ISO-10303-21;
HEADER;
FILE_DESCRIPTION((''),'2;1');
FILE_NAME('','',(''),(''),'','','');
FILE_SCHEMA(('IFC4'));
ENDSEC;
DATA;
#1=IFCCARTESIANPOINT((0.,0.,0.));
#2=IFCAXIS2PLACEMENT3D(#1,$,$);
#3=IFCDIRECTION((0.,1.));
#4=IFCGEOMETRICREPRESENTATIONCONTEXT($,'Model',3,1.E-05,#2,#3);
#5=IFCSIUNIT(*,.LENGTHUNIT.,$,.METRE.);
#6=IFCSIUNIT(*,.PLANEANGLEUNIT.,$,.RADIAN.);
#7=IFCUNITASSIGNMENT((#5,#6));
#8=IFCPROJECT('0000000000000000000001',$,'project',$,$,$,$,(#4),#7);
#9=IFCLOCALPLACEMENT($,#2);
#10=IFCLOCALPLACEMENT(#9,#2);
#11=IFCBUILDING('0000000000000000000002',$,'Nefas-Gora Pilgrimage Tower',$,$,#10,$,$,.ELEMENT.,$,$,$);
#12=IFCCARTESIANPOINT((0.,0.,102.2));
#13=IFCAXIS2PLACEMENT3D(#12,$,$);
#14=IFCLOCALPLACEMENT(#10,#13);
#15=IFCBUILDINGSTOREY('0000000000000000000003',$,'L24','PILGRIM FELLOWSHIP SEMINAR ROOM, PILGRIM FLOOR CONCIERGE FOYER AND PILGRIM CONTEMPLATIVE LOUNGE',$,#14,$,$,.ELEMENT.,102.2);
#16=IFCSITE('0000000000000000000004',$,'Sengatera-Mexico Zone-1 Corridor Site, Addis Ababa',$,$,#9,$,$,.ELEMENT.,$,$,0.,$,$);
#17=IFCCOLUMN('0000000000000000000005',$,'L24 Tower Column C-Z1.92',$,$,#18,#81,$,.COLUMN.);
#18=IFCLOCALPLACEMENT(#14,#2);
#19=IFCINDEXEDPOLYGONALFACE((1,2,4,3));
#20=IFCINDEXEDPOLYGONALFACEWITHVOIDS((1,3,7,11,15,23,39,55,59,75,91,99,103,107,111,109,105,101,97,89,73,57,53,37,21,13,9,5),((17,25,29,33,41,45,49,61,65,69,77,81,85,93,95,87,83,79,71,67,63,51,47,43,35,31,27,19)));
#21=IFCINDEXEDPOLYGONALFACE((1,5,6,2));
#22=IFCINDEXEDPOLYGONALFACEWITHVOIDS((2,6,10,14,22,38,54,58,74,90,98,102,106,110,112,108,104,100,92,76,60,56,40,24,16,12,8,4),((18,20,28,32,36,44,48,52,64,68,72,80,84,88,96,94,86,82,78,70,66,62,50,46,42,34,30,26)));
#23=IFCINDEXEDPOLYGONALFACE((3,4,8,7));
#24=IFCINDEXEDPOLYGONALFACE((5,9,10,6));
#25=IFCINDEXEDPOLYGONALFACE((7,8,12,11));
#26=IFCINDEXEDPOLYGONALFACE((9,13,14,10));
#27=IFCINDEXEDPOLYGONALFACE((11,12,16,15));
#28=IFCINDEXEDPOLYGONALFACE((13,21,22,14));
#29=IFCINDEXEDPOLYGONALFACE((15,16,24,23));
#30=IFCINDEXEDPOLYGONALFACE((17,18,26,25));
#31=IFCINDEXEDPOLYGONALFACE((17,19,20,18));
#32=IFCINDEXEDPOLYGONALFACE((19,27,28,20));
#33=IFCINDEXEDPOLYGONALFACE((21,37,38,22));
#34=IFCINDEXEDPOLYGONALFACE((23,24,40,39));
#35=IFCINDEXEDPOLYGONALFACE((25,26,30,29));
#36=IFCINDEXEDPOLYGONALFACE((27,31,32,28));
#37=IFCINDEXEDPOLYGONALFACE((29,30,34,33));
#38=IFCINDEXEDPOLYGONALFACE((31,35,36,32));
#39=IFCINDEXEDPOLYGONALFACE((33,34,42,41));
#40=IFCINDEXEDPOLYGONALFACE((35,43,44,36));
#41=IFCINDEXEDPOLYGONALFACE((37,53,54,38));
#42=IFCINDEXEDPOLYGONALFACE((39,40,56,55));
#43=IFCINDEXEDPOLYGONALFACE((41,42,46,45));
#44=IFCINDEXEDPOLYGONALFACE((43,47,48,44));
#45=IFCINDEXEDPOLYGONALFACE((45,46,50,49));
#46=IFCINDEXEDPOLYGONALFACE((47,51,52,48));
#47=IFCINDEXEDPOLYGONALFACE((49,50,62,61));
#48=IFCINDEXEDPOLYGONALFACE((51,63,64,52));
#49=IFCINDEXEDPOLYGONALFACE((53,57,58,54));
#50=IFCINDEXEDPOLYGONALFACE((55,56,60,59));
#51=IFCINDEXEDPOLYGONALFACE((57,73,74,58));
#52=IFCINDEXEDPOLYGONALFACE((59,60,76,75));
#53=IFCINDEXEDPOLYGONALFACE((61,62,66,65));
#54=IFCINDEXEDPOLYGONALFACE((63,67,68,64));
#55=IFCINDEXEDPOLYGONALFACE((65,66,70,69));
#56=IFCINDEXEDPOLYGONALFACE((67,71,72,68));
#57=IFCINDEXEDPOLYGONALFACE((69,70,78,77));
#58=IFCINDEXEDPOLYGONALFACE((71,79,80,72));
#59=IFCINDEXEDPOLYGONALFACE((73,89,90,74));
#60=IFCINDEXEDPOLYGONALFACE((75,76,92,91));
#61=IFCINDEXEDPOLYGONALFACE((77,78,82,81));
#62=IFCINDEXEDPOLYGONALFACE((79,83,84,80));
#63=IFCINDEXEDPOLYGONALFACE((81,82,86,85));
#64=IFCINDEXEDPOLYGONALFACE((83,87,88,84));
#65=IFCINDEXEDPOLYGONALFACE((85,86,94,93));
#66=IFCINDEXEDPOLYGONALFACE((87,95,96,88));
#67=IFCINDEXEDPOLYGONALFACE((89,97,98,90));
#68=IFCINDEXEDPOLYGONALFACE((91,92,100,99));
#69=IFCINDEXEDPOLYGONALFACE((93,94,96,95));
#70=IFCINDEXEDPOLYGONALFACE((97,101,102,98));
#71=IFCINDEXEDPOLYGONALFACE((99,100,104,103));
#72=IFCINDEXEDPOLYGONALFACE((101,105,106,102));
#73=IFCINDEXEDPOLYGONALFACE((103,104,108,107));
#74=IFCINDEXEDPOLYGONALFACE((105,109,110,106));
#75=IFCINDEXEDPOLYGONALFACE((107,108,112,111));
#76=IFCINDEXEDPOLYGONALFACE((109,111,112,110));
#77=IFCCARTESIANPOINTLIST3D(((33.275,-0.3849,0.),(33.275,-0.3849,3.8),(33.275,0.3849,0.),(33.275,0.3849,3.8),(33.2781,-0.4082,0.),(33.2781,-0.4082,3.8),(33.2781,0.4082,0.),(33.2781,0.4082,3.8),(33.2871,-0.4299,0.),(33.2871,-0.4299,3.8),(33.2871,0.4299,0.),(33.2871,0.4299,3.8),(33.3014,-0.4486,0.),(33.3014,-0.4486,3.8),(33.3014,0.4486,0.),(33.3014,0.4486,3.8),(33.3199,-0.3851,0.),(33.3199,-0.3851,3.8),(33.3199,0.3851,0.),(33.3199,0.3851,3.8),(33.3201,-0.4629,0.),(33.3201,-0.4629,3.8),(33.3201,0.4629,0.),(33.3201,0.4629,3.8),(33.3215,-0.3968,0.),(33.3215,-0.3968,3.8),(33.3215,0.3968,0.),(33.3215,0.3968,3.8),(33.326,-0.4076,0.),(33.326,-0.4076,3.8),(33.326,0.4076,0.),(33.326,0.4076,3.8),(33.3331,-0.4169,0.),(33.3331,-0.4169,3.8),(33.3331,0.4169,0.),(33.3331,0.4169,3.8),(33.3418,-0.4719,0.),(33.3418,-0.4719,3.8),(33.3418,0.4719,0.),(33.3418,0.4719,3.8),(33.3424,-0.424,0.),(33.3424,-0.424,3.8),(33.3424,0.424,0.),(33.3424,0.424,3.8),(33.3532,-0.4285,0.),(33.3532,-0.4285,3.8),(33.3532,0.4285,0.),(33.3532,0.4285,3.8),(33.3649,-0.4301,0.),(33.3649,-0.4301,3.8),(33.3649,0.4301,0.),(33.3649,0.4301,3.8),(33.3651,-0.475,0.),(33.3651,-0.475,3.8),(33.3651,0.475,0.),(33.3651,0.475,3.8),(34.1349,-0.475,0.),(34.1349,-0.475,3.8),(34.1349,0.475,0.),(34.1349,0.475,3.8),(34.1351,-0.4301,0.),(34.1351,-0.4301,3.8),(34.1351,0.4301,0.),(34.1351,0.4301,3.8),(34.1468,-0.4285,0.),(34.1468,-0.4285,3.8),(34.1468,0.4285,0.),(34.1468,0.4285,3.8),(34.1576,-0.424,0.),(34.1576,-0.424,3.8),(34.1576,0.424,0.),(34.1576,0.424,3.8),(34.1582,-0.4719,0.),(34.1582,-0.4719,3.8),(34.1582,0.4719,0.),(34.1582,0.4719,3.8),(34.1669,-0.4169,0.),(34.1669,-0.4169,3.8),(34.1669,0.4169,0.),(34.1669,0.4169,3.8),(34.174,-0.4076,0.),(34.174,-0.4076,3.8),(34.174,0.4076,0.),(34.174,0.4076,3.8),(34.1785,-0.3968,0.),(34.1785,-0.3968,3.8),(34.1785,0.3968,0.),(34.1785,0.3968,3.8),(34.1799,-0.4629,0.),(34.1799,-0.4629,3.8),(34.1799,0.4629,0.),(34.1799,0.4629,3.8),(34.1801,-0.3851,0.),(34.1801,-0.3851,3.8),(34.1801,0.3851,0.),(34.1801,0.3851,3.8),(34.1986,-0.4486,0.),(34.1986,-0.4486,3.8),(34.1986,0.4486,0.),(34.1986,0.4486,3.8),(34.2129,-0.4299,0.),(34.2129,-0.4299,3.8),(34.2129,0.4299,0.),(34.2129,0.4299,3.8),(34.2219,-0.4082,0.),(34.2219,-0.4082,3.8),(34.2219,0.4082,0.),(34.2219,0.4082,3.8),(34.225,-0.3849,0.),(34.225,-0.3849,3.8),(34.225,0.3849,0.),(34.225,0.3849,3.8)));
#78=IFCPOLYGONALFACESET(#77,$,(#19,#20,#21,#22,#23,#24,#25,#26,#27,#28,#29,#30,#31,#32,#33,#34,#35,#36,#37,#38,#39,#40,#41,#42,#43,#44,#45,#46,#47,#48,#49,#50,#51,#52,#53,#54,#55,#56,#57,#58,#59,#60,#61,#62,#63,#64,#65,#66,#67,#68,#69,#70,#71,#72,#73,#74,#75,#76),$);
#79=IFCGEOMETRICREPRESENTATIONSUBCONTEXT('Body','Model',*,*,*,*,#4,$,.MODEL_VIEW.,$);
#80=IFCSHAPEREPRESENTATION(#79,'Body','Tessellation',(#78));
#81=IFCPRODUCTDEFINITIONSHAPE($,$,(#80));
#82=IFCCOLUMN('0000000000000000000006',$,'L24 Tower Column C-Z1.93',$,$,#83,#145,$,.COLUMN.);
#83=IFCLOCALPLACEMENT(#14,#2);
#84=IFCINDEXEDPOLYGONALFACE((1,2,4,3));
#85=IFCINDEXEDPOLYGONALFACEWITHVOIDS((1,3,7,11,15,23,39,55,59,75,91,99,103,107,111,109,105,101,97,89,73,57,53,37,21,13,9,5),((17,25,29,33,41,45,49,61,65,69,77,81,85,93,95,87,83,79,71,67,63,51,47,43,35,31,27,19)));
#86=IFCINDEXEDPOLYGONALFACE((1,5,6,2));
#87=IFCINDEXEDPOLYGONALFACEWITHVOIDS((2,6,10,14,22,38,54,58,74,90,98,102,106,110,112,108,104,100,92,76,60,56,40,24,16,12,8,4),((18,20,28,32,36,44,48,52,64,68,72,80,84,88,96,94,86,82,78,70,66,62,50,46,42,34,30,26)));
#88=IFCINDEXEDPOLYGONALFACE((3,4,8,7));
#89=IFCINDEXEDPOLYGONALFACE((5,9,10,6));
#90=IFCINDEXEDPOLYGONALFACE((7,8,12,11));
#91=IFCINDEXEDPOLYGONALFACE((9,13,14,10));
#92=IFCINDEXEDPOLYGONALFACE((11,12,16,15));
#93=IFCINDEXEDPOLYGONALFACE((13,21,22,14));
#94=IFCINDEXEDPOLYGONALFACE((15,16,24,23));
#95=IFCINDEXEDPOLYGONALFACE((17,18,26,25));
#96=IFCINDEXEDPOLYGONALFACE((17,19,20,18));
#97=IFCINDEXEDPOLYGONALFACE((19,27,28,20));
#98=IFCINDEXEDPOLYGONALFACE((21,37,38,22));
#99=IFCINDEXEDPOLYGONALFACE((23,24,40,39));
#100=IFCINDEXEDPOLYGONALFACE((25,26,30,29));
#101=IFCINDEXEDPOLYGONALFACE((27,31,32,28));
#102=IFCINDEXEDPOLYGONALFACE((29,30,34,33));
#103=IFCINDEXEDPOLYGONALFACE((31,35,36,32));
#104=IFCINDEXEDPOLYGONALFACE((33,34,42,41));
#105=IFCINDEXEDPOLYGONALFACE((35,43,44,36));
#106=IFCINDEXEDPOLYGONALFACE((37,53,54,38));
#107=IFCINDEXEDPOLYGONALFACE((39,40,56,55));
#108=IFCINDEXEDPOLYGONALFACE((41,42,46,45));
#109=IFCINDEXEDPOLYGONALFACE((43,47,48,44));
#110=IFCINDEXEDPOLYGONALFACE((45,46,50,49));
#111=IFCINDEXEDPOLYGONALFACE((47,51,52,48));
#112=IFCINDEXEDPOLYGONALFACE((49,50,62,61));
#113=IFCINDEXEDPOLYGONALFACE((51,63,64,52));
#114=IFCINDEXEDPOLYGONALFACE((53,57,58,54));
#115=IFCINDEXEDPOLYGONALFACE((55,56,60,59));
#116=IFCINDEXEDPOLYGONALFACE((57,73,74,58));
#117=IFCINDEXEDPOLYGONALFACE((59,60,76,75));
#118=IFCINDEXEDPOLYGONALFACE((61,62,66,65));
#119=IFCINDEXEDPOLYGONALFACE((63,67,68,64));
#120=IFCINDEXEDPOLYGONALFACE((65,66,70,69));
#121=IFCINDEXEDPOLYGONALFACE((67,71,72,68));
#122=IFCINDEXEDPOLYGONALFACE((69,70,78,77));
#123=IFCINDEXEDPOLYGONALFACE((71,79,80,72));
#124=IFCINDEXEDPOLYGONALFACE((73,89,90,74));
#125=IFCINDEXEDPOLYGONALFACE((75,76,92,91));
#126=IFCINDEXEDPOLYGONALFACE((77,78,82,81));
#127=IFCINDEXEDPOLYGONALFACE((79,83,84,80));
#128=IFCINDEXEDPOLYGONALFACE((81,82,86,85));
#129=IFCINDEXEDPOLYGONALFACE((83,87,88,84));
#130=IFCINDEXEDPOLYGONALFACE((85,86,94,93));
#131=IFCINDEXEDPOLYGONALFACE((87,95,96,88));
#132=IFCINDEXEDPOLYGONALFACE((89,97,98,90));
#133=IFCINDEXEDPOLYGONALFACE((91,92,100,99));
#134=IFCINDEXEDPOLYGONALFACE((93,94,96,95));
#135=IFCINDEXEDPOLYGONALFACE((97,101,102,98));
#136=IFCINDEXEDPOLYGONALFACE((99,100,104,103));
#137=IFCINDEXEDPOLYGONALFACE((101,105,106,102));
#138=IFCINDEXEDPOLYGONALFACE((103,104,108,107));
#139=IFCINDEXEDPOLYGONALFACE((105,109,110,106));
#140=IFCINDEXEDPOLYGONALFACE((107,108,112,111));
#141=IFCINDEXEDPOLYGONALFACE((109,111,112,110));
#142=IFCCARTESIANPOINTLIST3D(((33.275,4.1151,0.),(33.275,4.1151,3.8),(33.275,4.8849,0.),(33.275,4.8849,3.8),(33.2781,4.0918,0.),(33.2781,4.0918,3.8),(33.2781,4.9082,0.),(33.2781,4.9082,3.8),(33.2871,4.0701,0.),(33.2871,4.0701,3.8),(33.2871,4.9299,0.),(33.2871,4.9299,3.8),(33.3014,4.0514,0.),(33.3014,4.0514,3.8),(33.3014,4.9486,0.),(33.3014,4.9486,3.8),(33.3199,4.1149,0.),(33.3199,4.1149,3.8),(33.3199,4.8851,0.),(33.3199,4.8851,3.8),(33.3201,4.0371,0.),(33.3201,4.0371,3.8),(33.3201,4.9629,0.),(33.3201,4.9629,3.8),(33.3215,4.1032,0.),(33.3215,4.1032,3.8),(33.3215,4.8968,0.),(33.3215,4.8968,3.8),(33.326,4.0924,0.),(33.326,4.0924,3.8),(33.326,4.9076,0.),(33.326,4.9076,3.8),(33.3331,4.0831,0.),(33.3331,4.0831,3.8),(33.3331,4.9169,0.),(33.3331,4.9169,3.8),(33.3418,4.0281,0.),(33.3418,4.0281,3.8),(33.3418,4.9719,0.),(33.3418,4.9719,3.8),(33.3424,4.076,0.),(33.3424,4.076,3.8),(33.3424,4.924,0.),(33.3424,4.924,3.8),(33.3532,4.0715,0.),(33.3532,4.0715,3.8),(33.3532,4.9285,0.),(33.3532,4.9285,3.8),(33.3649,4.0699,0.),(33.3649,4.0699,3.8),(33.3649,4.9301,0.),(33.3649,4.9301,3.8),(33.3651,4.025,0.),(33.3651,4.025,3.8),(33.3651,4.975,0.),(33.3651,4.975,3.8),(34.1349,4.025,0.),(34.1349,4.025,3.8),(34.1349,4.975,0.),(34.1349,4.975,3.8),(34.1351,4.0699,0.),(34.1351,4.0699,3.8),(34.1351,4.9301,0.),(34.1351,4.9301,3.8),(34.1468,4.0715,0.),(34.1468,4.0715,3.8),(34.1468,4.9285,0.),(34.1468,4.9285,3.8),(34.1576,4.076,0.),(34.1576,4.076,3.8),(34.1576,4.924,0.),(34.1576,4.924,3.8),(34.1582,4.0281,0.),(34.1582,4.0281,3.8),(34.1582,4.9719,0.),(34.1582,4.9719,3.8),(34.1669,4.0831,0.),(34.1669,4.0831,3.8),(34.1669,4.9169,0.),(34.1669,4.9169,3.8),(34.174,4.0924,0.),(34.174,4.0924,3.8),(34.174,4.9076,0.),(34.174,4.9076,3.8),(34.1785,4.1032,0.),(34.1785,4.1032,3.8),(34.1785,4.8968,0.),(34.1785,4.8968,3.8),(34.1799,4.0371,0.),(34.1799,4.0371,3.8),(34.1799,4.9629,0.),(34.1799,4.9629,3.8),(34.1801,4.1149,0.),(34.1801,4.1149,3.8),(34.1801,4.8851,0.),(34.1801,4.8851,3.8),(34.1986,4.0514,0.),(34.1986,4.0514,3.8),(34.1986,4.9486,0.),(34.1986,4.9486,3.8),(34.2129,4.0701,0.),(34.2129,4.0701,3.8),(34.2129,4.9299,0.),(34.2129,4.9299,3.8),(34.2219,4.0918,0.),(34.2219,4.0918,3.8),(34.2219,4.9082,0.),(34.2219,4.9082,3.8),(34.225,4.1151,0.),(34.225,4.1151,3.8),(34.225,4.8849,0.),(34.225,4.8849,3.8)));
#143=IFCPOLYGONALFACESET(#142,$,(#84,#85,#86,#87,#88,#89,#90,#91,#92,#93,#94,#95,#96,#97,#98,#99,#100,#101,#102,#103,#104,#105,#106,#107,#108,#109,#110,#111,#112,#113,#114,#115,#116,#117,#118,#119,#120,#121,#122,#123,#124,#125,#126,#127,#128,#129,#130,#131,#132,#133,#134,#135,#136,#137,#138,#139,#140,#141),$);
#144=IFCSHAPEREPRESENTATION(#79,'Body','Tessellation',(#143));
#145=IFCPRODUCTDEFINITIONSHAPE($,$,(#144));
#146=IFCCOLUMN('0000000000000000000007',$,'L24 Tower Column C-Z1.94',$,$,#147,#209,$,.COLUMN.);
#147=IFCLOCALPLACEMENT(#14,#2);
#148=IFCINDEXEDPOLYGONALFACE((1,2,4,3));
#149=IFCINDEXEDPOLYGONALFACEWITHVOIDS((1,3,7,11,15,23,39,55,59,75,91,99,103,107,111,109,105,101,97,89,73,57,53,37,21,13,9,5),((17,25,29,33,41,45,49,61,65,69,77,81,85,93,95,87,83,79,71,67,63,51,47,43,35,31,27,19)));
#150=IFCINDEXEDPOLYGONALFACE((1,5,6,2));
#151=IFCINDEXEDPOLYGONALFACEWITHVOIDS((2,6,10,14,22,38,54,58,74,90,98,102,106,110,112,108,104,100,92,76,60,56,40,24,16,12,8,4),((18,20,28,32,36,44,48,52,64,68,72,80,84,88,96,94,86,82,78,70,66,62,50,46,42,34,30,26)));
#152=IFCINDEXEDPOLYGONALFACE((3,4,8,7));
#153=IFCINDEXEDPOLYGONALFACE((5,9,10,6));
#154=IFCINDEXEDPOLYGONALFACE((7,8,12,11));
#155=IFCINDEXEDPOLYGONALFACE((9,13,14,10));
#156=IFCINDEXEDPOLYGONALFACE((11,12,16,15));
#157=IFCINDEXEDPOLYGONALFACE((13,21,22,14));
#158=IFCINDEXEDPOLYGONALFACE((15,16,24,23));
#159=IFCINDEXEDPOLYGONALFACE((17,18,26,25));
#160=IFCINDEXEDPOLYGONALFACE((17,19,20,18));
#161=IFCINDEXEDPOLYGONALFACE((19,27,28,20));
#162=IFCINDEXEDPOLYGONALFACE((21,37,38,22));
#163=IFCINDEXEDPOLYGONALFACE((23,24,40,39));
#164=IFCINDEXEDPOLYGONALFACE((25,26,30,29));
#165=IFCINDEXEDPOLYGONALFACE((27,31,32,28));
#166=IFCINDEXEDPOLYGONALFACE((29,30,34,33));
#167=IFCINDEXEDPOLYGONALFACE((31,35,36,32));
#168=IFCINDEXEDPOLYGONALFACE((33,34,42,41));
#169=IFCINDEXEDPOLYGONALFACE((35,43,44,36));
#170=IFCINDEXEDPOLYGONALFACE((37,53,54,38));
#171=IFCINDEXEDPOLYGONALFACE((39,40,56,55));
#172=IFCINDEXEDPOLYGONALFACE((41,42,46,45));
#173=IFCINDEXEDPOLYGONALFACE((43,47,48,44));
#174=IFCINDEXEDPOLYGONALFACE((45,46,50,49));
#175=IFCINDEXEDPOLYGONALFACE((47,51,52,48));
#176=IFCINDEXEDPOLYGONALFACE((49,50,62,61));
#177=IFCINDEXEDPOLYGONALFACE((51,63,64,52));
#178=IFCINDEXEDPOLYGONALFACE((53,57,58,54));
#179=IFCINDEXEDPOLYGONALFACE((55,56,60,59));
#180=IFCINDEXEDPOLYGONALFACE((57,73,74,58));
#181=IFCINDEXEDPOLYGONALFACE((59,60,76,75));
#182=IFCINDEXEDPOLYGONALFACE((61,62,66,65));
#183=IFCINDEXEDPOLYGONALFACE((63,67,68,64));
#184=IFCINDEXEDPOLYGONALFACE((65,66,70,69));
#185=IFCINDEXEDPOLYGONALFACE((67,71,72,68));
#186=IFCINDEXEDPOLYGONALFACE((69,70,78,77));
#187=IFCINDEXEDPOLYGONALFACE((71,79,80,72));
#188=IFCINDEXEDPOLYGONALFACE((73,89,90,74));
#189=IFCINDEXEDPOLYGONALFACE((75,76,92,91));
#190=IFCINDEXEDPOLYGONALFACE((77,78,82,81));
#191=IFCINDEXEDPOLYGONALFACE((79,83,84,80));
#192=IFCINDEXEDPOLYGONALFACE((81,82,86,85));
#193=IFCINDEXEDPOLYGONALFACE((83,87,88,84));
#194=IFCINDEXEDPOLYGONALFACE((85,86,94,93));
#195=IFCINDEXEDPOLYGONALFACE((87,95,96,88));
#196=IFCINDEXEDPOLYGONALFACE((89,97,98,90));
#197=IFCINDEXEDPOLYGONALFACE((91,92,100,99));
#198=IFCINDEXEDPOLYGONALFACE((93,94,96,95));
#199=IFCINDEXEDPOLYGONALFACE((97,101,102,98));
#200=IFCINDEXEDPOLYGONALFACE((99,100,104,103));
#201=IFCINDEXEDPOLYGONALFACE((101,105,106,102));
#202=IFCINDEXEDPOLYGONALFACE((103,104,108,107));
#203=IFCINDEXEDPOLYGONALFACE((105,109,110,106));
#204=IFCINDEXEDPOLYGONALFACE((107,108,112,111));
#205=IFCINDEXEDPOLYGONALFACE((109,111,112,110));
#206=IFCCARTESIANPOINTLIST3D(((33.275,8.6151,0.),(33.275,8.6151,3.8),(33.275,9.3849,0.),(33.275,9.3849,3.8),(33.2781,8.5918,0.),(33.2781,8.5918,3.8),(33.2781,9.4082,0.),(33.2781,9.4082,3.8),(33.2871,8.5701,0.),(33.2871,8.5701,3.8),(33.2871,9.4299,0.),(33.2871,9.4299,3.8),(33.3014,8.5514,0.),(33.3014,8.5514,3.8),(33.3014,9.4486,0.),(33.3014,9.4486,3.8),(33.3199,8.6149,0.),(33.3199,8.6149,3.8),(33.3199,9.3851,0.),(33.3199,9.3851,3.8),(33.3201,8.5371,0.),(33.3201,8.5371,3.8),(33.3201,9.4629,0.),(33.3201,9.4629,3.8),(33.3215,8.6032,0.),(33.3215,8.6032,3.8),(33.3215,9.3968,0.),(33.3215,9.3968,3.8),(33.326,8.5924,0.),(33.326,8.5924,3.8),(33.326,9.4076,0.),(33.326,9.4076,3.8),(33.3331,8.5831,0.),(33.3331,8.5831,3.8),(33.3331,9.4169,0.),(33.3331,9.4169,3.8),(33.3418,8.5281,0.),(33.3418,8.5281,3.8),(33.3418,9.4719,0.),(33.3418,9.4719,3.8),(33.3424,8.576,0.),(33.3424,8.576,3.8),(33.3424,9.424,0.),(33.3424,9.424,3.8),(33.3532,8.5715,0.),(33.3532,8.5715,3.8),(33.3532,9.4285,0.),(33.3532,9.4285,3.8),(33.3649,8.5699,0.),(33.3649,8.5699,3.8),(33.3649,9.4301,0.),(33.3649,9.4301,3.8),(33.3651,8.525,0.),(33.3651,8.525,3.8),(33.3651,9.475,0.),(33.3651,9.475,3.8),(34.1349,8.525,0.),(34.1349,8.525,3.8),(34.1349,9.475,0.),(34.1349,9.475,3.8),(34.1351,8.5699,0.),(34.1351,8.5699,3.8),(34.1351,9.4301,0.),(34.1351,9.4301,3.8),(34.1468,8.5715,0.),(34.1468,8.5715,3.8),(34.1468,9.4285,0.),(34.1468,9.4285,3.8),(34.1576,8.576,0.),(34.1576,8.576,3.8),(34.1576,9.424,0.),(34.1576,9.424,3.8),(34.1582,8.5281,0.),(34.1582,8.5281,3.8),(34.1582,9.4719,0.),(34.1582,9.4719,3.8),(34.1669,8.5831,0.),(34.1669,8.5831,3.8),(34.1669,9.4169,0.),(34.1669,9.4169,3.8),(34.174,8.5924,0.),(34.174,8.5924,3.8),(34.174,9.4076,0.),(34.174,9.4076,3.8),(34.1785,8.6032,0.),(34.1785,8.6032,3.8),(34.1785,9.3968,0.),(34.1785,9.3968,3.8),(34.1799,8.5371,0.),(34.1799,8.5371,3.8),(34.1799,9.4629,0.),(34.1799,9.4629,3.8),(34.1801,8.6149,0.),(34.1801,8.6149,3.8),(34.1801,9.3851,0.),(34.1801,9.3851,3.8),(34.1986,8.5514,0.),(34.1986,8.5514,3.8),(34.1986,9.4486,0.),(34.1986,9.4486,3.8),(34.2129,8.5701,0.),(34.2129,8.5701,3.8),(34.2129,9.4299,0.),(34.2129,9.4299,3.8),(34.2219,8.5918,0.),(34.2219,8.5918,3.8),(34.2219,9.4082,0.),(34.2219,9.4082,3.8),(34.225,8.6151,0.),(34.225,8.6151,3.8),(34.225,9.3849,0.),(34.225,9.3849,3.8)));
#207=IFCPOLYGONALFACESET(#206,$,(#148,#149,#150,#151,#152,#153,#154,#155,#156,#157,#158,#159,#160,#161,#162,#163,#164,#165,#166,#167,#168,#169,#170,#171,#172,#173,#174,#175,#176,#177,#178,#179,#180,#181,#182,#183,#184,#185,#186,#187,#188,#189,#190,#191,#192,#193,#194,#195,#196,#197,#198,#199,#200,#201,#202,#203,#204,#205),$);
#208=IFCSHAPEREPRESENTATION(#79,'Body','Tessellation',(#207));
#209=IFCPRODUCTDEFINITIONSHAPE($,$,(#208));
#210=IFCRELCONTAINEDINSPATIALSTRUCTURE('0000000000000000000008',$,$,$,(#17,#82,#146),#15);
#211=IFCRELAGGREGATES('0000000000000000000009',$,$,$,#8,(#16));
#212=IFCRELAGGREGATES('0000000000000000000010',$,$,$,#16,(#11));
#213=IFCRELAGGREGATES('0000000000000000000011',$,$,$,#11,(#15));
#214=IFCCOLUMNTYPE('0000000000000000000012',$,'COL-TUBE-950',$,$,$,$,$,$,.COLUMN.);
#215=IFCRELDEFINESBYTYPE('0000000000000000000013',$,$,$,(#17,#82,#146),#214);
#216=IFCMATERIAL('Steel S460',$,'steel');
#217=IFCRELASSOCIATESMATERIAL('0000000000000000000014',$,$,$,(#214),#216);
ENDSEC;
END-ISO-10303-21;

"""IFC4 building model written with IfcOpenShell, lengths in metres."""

from ifc_helpers import new_model, si_unit, direction, frame, origin, origin_2d, place, context, subcontext, project, spatial, hollow_rectangle, extrude, source, transform, mapped, material, material_profile, profile_set, type_object, element, save


model = new_model("IFC4")

# Units and contexts
model_context = context("Model", 3, precision=1e-05, world=origin(), true_north=direction((0.0, 1.0)))
body_context = subcontext(model_context, "Body", "Model", "MODEL_VIEW")
ifc_project = project(units=[si_unit("LENGTHUNIT", "METRE"), si_unit("PLANEANGLEUNIT", "RADIAN")], contexts=[model_context])

# Site, building, storey
site_placement = place(None, origin())
site = spatial("IfcSite", under=ifc_project, at=site_placement, Name="Sengatera-Mexico Zone-1 Corridor Site, Addis Ababa", CompositionType="ELEMENT", RefElevation=0.0)
building_placement = place(site_placement, origin())
building = spatial("IfcBuilding", under=site, at=building_placement, Name="Nefas-Gora Pilgrimage Tower", CompositionType="ELEMENT")
storey_placement = place(building_placement, frame((0.0, 0.0, 102.2)))
storey = spatial("IfcBuildingStorey", under=building, at=storey_placement, Name="L24", Description="PILGRIM FELLOWSHIP SEMINAR ROOM, PILGRIM FLOOR CONCIERGE FOYER AND PILGRIM CONTEMPLATIVE LOUNGE", CompositionType="ELEMENT", Elevation=102.2)

# Columns
ifc_material_1 = material(Name="Steel S460", Category="steel")
ifc_material_profile_1 = material_profile(ifc_material_1, hollow_rectangle(XDim=0.95, YDim=0.95, WallThickness=0.0449, InnerFilletRadius=0.0449, OuterFilletRadius=0.0901, at=origin_2d()), Name="BOX 950x950x45")
ifc_profile_set_1 = profile_set([ifc_material_profile_1], Name="Steel S460")
column_type_1 = type_object("IfcColumnType", Name="COL-TUBE-950", PredefinedType="COLUMN", material=ifc_profile_set_1)
shared_shape_1 = source(origin(), body_context, "Body", "SweptSolid", [
    extrude(hollow_rectangle(XDim=0.95, YDim=0.95, WallThickness=0.0449, InnerFilletRadius=0.0449, OuterFilletRadius=0.0901, at=origin_2d()), origin(), (0.0, 0.0, 1.0), 3.8),
])
for number, where, z_axis, x_axis, name in (
    (1, (33.75, 0.0, 0.0), (0.0, 0.0, 1.0), (1.0, 0.0, 0.0), "L24 Tower Column C-Z1.92"),
    (2, (33.75, 4.5, 0.0), (0.0, 0.0, 1.0), (1.0, 0.0, 0.0), "L24 Tower Column C-Z1.93"),
    (3, (33.75, 9.0, 0.0), (0.0, 0.0, 1.0), (1.0, 0.0, 0.0), "L24 Tower Column C-Z1.94"),
):
    element("IfcColumn", number, at=place(storey_placement, frame(where, z_axis=z_axis, x_axis=x_axis)), inside=storey, type_object=column_type_1, Name=name, PredefinedType="COLUMN", context=body_context, shape_type="MappedRepresentation", body=[
        mapped(shared_shape_1, transform((0.0, 0.0, 0.0), x_axis=(1.0, 0.0, 0.0), y_axis=(0.0, 1.0, 0.0), z_axis=(0.0, 0.0, 1.0), scale=1.0)),
    ])

save(model, "model.ifc")
